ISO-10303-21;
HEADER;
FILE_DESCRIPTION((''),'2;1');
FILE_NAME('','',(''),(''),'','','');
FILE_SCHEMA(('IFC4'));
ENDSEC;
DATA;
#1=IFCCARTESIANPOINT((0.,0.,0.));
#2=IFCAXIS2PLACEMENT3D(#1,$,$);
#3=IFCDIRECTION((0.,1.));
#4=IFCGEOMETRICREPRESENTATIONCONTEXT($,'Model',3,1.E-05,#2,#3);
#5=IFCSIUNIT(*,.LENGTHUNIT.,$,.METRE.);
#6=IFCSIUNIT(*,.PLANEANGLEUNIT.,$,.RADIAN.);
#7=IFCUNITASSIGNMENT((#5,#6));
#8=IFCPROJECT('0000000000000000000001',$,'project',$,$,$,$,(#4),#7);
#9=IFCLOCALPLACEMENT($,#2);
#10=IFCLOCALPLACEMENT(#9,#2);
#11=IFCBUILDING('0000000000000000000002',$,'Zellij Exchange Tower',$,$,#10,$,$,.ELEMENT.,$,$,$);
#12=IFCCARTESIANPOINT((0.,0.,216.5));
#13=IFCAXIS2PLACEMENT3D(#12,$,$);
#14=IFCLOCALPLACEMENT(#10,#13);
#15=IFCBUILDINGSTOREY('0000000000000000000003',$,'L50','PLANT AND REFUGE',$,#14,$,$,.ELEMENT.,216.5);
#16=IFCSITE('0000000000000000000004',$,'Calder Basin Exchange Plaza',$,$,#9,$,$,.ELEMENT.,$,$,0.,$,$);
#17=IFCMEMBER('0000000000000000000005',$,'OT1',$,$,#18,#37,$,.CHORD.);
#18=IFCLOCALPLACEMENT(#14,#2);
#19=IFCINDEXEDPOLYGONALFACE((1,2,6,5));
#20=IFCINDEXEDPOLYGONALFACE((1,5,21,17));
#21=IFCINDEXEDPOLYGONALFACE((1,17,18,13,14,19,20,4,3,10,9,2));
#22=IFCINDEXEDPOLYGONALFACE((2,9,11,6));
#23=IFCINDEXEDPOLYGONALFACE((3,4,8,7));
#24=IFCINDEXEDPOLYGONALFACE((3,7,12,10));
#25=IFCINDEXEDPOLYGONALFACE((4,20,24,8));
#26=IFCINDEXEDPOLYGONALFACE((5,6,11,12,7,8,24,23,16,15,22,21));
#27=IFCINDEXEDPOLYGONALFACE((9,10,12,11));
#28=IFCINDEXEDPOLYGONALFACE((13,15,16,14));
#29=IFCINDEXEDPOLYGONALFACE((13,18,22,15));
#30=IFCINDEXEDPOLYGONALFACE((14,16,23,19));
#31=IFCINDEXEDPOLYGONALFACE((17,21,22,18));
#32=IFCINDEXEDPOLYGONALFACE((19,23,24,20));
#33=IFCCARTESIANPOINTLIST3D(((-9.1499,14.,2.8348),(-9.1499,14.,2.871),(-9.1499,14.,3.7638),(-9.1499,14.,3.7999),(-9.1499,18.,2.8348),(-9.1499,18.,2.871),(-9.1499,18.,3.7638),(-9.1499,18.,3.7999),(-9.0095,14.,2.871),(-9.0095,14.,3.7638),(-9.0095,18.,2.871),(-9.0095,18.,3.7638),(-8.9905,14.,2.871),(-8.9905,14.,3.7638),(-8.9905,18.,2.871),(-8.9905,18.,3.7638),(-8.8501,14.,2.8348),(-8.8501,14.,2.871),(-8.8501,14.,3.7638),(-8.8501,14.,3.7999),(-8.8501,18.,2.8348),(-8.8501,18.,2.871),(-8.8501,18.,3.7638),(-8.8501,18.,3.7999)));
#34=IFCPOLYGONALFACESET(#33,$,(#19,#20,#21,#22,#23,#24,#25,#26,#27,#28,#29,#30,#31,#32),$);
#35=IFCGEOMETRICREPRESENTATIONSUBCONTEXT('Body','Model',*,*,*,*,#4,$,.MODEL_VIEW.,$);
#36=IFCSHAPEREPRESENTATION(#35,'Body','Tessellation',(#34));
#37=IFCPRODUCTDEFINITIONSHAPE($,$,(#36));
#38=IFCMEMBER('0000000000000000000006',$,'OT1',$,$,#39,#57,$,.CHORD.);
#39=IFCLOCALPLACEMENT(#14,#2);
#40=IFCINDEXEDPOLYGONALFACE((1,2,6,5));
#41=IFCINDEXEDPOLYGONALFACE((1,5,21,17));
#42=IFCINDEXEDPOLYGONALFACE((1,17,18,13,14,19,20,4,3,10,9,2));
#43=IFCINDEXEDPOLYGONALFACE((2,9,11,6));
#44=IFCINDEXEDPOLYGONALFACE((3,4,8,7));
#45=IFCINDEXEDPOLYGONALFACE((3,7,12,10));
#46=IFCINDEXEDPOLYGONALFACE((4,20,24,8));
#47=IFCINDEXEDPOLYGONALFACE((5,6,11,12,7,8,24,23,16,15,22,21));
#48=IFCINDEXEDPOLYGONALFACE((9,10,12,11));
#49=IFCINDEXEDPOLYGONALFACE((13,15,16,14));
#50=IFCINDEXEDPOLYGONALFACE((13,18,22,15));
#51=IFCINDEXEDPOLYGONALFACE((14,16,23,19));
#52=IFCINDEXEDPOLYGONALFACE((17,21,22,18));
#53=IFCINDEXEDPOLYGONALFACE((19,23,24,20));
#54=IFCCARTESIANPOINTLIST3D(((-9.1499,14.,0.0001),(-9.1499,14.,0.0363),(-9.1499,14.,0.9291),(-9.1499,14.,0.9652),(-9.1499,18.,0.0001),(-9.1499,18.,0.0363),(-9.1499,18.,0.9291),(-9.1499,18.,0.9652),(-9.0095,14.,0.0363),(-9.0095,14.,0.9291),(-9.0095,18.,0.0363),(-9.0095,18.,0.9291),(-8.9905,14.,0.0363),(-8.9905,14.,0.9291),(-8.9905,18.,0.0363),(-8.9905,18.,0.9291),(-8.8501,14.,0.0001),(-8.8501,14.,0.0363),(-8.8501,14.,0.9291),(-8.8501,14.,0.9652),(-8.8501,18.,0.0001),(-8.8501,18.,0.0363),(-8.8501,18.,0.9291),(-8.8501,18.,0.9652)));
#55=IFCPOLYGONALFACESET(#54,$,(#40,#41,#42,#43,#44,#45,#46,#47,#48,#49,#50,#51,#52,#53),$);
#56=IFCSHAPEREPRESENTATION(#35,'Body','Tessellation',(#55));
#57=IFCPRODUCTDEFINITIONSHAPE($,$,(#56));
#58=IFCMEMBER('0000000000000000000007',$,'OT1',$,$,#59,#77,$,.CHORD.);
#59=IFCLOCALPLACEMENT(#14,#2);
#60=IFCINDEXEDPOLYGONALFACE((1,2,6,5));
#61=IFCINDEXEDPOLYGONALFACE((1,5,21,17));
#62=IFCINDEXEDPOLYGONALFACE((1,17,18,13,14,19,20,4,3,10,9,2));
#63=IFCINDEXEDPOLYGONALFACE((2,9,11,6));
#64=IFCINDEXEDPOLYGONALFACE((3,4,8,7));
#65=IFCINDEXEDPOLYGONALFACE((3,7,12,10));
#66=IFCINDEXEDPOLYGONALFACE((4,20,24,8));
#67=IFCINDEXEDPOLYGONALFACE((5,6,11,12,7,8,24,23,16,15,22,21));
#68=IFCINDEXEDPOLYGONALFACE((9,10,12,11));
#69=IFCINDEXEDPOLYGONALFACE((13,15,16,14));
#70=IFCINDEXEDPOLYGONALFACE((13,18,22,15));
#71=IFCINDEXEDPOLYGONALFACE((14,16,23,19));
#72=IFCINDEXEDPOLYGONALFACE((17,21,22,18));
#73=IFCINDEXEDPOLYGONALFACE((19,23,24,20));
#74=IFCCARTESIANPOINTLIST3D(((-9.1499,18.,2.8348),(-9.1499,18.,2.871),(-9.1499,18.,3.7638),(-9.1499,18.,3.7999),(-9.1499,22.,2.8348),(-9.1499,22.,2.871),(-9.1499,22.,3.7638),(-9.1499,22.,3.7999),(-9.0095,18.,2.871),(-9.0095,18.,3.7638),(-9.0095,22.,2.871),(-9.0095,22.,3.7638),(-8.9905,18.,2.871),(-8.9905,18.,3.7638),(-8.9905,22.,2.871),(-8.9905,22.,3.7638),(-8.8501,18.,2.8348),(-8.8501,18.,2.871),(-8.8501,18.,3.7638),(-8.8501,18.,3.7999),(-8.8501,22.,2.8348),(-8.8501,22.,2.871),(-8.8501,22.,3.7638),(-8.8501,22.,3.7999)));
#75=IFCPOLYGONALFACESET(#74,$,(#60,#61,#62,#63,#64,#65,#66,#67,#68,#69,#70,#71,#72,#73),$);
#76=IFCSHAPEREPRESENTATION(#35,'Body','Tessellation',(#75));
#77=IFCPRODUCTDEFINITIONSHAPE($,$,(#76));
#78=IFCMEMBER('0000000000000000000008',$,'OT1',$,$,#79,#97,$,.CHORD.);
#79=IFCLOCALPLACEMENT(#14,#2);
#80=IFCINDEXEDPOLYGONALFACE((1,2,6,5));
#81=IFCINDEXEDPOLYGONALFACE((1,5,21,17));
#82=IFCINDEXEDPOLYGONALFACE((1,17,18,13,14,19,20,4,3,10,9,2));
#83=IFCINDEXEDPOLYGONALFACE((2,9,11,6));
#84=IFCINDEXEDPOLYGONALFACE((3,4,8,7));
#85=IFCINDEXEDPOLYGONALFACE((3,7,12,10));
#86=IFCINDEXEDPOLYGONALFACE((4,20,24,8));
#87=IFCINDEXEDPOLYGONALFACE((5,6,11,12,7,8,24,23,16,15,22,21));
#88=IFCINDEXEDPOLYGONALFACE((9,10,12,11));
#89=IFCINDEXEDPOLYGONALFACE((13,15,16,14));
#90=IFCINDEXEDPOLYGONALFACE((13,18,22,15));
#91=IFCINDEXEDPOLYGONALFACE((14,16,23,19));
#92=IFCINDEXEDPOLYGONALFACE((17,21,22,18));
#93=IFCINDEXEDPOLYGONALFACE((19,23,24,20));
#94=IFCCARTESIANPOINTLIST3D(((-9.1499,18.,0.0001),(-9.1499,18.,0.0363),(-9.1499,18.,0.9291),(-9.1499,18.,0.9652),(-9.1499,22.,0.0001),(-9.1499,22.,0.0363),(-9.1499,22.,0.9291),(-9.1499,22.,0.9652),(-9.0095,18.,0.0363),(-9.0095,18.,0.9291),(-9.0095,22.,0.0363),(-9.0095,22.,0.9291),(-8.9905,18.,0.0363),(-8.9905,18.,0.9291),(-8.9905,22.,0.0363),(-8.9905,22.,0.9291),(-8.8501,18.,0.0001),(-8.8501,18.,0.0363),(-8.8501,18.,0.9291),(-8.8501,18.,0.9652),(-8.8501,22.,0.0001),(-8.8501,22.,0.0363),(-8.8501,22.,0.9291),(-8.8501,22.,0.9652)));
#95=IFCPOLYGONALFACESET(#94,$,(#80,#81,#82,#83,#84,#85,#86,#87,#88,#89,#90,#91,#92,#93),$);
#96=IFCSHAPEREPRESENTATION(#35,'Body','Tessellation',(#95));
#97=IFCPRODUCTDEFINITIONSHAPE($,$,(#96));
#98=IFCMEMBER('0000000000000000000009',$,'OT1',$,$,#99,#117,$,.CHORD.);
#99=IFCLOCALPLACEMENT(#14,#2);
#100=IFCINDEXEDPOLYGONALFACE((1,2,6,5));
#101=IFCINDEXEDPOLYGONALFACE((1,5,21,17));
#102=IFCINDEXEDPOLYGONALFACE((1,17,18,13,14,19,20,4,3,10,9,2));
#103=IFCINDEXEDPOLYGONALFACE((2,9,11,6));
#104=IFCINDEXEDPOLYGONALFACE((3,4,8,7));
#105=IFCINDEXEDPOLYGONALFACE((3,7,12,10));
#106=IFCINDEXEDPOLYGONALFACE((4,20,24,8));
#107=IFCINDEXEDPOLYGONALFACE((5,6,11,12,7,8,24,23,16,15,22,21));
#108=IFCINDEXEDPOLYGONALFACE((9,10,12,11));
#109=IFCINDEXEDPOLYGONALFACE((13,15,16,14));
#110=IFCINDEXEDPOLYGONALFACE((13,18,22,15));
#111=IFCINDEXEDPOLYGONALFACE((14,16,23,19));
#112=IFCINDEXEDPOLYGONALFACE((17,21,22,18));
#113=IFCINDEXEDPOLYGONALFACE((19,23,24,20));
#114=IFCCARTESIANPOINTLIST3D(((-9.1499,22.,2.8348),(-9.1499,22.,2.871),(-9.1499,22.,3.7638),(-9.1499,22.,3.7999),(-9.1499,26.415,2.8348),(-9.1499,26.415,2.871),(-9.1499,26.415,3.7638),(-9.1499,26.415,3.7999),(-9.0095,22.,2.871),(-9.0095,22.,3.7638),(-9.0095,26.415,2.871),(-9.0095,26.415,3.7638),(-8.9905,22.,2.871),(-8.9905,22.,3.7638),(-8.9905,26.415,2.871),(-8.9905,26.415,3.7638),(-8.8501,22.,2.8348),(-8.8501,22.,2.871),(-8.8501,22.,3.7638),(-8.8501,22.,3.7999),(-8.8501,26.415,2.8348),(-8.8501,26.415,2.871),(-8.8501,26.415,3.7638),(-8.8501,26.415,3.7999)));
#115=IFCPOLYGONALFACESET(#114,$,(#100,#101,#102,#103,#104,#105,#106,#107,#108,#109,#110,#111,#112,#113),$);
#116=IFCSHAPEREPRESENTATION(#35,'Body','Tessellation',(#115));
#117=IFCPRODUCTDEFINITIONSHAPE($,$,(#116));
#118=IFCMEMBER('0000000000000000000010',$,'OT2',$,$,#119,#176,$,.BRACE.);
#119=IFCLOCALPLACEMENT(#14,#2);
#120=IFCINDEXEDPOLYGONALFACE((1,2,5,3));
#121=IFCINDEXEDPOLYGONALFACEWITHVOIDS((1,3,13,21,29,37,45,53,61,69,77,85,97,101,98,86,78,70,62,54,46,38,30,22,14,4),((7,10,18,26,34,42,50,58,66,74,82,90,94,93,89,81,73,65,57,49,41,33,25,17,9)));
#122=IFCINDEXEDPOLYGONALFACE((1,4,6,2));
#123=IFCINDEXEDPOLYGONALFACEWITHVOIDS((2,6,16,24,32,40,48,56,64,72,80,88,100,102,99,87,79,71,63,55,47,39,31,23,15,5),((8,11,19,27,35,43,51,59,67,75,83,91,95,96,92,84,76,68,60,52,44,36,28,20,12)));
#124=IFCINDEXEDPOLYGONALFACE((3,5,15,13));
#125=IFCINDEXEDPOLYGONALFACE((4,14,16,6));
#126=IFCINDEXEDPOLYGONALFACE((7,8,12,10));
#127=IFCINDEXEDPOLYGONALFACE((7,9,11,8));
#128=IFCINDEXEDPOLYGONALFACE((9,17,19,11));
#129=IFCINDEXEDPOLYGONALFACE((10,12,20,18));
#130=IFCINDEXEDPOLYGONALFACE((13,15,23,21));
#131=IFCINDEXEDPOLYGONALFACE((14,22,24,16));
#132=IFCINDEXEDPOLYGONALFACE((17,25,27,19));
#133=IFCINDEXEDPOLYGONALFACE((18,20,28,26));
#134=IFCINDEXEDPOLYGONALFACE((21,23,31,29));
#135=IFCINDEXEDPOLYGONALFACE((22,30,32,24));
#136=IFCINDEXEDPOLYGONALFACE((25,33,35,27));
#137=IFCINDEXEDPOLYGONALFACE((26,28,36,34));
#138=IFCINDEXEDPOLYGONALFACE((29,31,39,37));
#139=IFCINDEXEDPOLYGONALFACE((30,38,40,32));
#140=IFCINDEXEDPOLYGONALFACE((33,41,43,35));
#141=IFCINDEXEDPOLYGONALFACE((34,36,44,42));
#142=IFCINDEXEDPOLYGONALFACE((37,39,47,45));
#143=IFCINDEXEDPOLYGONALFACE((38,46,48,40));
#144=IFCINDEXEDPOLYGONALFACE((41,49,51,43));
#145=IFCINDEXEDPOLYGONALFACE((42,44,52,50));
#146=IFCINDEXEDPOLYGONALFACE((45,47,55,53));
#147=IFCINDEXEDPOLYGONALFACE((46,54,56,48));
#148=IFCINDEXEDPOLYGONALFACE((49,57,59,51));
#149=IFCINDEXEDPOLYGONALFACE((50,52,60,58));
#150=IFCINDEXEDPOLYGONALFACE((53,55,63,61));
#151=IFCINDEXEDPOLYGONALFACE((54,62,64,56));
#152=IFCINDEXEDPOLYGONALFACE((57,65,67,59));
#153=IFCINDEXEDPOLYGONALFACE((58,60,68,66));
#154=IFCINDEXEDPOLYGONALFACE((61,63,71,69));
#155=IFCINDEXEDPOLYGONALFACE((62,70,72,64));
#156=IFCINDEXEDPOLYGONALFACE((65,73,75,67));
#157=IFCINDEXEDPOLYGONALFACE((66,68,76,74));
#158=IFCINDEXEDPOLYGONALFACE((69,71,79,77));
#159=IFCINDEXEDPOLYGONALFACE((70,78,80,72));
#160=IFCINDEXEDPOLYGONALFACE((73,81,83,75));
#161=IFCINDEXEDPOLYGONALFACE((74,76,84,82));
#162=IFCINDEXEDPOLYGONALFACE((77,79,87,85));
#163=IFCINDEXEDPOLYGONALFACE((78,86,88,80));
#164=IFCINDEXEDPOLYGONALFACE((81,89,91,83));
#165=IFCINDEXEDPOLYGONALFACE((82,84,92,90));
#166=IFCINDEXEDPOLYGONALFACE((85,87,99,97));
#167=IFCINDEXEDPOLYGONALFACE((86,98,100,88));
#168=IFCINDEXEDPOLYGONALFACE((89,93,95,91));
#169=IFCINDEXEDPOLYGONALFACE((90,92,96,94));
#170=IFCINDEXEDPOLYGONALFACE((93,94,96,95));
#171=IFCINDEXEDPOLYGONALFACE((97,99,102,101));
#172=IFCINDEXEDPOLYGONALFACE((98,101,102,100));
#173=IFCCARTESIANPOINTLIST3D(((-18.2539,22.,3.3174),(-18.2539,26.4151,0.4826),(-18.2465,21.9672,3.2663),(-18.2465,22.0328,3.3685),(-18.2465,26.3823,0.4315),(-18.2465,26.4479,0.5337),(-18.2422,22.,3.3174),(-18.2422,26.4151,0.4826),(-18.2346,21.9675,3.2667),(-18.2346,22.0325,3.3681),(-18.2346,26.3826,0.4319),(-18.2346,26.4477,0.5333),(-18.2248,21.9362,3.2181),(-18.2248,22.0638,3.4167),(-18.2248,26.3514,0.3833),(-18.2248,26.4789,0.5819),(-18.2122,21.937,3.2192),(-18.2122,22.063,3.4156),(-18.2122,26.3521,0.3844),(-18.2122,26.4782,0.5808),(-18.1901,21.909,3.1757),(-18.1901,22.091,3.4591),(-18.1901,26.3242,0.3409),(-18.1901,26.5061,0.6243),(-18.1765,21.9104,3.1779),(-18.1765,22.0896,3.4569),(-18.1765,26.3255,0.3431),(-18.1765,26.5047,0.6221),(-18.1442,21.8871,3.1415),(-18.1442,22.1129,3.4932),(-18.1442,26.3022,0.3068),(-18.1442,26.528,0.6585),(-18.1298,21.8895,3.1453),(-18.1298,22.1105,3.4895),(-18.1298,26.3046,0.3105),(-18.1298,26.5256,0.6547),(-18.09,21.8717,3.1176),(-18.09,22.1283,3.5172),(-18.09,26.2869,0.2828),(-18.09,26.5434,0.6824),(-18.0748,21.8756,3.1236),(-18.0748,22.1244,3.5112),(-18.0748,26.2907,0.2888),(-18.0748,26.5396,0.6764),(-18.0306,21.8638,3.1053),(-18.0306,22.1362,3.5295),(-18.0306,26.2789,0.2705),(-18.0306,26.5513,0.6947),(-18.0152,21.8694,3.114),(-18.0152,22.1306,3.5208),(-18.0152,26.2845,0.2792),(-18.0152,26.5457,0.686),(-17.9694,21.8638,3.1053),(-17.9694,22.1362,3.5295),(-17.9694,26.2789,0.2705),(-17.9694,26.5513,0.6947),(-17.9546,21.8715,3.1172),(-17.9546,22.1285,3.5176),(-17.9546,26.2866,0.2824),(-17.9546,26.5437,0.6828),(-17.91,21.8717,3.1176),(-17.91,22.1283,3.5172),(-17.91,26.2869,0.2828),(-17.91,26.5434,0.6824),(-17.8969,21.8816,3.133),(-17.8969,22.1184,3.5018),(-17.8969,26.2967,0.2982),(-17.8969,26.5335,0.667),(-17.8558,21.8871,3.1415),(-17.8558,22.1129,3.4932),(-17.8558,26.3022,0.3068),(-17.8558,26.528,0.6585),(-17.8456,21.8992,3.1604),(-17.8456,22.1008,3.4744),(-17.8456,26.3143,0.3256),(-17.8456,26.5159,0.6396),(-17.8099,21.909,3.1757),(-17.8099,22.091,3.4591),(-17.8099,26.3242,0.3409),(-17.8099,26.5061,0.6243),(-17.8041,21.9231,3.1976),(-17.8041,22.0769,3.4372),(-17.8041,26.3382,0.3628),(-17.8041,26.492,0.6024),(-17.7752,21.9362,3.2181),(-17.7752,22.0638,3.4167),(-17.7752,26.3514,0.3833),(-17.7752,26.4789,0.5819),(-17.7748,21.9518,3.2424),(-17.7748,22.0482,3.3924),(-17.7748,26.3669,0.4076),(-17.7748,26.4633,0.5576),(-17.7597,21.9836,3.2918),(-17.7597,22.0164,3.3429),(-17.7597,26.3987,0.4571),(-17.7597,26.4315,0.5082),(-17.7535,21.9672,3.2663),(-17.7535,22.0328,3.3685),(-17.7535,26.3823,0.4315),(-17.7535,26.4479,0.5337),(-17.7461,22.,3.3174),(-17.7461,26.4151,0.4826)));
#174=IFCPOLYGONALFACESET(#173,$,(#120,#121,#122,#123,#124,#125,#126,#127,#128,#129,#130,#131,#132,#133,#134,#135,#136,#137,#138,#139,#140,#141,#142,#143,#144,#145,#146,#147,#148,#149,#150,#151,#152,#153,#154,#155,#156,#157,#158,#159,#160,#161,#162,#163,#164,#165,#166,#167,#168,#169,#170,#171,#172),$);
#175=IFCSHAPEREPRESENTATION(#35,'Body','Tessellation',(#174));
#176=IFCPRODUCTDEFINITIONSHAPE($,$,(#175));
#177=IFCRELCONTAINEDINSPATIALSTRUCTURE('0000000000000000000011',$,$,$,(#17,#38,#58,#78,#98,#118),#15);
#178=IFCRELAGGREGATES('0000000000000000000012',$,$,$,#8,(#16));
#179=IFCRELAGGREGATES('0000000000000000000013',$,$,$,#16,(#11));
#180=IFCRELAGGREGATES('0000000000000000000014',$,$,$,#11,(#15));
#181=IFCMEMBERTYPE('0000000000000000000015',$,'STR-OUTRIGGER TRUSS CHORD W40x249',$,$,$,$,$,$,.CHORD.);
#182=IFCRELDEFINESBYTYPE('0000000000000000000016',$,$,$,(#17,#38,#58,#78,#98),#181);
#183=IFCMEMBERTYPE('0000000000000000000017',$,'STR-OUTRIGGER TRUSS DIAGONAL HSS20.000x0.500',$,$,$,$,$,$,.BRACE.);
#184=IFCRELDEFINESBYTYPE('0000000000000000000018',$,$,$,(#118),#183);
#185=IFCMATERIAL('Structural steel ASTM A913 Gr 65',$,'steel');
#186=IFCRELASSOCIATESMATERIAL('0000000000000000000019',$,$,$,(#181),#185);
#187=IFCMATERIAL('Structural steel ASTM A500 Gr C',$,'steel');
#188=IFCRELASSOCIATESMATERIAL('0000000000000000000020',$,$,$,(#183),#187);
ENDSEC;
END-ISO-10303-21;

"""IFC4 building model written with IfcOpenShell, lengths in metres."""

from ifc_helpers import new_model, si_unit, direction, frame, origin, origin_2d, place, context, subcontext, project, spatial, hollow_circle, i_section, extrude, material, material_profile, profile_set, type_object, element, save


model = new_model("IFC4")

# Units and contexts
model_context = context("Model", 3, precision=1e-05, world=origin(), true_north=direction((0.0, 1.0)))
body_context = subcontext(model_context, "Body", "Model", "MODEL_VIEW")
ifc_project = project(units=[si_unit("LENGTHUNIT", "METRE"), si_unit("PLANEANGLEUNIT", "RADIAN")], contexts=[model_context])

# Site, building, storey
site_placement = place(None, origin())
site = spatial("IfcSite", under=ifc_project, at=site_placement, Name="Calder Basin Exchange Plaza", CompositionType="ELEMENT", RefElevation=0.0)
building_placement = place(site_placement, origin())
building = spatial("IfcBuilding", under=site, at=building_placement, Name="Zellij Exchange Tower", CompositionType="ELEMENT")
storey_placement = place(building_placement, frame((0.0, 0.0, 216.5)))
storey = spatial("IfcBuildingStorey", under=building, at=storey_placement, Name="L50", Description="PLANT AND REFUGE", CompositionType="ELEMENT", Elevation=216.5)

# Shared definitions
ifc_material_1 = material(Name="Structural steel ASTM A913 Gr 65", Category="steel")

# Members
ifc_material_profile_1 = material_profile(ifc_material_1, i_section(OverallWidth=0.2998, OverallDepth=0.9651, WebThickness=0.019, FlangeThickness=0.0361, at=origin_2d()), Name="W40x249")
ifc_profile_set_1 = profile_set([ifc_material_profile_1], Name="Structural steel ASTM A913 Gr 65")
member_type_1 = type_object("IfcMemberType", Name="STR-OUTRIGGER TRUSS CHORD W40x249", PredefinedType="CHORD", material=ifc_profile_set_1)
for number, where, z_axis, x_axis, name in (
    (1, (-9.0, 14.0, 3.3174), (0.0, 1.0, 0.0), (-1.0, 0.0, 0.0), "OT1"),
    (2, (-9.0, 14.0, 0.4827), (0.0, 1.0, 0.0), (-1.0, 0.0, 0.0), "OT1"),
    (3, (-9.0, 18.0, 3.3174), (0.0, 1.0, 0.0), (-1.0, 0.0, 0.0), "OT1"),
    (4, (-9.0, 18.0, 0.4827), (0.0, 1.0, 0.0), (-1.0, 0.0, 0.0), "OT1"),
):
    element("IfcMember", number, at=place(storey_placement, frame(where, z_axis=z_axis, x_axis=x_axis)), inside=storey, type_object=member_type_1, Name=name, PredefinedType="CHORD", context=body_context, shape_type="SweptSolid", body=[
        extrude(i_section(OverallWidth=0.2998, OverallDepth=0.9651, WebThickness=0.019, FlangeThickness=0.0361, at=origin_2d()), origin(), (0.0, 0.0, 1.0), 4.0),
    ])
member_1_placement = place(storey_placement, frame((-9.0, 22.0, 3.3174), z_axis=(0.0, 1.0, 0.0), x_axis=(-1.0, 0.0, 0.0)))
element("IfcMember", 5, at=member_1_placement, inside=storey, type_object=member_type_1, Name="OT1", PredefinedType="CHORD", context=body_context, shape_type="SweptSolid", body=[
    extrude(i_section(OverallWidth=0.2998, OverallDepth=0.9651, WebThickness=0.019, FlangeThickness=0.0361, at=origin_2d()), origin(), (0.0, 0.0, 1.0), 4.415),
])
ifc_material_2 = material(Name="Structural steel ASTM A500 Gr C", Category="steel")
ifc_material_profile_2 = material_profile(ifc_material_2, hollow_circle(Radius=0.2539, WallThickness=0.0117, at=origin_2d()), Name="STR-OUTRIGGER TRUSS DIAGONAL HSS20.000x0.500")
ifc_profile_set_2 = profile_set([ifc_material_profile_2], Name="Structural steel ASTM A500 Gr C")
member_type_2 = type_object("IfcMemberType", Name="STR-OUTRIGGER TRUSS DIAGONAL HSS20.000x0.500", PredefinedType="BRACE", material=ifc_profile_set_2)
member_2_placement = place(storey_placement, frame((-18.0, 22.0, 3.3174), z_axis=(0.0, 0.841484, -0.540282), x_axis=(-1.0, 0.0, 0.0)))
element("IfcMember", 6, at=member_2_placement, inside=storey, type_object=member_type_2, Name="OT2", PredefinedType="BRACE", context=body_context, shape_type="SweptSolid", body=[
    extrude(hollow_circle(Radius=0.2539, WallThickness=0.0117, at=origin_2d()), origin(), (0.0, 0.0, 1.0), 5.2468),
])

save(model, "model.ifc")
